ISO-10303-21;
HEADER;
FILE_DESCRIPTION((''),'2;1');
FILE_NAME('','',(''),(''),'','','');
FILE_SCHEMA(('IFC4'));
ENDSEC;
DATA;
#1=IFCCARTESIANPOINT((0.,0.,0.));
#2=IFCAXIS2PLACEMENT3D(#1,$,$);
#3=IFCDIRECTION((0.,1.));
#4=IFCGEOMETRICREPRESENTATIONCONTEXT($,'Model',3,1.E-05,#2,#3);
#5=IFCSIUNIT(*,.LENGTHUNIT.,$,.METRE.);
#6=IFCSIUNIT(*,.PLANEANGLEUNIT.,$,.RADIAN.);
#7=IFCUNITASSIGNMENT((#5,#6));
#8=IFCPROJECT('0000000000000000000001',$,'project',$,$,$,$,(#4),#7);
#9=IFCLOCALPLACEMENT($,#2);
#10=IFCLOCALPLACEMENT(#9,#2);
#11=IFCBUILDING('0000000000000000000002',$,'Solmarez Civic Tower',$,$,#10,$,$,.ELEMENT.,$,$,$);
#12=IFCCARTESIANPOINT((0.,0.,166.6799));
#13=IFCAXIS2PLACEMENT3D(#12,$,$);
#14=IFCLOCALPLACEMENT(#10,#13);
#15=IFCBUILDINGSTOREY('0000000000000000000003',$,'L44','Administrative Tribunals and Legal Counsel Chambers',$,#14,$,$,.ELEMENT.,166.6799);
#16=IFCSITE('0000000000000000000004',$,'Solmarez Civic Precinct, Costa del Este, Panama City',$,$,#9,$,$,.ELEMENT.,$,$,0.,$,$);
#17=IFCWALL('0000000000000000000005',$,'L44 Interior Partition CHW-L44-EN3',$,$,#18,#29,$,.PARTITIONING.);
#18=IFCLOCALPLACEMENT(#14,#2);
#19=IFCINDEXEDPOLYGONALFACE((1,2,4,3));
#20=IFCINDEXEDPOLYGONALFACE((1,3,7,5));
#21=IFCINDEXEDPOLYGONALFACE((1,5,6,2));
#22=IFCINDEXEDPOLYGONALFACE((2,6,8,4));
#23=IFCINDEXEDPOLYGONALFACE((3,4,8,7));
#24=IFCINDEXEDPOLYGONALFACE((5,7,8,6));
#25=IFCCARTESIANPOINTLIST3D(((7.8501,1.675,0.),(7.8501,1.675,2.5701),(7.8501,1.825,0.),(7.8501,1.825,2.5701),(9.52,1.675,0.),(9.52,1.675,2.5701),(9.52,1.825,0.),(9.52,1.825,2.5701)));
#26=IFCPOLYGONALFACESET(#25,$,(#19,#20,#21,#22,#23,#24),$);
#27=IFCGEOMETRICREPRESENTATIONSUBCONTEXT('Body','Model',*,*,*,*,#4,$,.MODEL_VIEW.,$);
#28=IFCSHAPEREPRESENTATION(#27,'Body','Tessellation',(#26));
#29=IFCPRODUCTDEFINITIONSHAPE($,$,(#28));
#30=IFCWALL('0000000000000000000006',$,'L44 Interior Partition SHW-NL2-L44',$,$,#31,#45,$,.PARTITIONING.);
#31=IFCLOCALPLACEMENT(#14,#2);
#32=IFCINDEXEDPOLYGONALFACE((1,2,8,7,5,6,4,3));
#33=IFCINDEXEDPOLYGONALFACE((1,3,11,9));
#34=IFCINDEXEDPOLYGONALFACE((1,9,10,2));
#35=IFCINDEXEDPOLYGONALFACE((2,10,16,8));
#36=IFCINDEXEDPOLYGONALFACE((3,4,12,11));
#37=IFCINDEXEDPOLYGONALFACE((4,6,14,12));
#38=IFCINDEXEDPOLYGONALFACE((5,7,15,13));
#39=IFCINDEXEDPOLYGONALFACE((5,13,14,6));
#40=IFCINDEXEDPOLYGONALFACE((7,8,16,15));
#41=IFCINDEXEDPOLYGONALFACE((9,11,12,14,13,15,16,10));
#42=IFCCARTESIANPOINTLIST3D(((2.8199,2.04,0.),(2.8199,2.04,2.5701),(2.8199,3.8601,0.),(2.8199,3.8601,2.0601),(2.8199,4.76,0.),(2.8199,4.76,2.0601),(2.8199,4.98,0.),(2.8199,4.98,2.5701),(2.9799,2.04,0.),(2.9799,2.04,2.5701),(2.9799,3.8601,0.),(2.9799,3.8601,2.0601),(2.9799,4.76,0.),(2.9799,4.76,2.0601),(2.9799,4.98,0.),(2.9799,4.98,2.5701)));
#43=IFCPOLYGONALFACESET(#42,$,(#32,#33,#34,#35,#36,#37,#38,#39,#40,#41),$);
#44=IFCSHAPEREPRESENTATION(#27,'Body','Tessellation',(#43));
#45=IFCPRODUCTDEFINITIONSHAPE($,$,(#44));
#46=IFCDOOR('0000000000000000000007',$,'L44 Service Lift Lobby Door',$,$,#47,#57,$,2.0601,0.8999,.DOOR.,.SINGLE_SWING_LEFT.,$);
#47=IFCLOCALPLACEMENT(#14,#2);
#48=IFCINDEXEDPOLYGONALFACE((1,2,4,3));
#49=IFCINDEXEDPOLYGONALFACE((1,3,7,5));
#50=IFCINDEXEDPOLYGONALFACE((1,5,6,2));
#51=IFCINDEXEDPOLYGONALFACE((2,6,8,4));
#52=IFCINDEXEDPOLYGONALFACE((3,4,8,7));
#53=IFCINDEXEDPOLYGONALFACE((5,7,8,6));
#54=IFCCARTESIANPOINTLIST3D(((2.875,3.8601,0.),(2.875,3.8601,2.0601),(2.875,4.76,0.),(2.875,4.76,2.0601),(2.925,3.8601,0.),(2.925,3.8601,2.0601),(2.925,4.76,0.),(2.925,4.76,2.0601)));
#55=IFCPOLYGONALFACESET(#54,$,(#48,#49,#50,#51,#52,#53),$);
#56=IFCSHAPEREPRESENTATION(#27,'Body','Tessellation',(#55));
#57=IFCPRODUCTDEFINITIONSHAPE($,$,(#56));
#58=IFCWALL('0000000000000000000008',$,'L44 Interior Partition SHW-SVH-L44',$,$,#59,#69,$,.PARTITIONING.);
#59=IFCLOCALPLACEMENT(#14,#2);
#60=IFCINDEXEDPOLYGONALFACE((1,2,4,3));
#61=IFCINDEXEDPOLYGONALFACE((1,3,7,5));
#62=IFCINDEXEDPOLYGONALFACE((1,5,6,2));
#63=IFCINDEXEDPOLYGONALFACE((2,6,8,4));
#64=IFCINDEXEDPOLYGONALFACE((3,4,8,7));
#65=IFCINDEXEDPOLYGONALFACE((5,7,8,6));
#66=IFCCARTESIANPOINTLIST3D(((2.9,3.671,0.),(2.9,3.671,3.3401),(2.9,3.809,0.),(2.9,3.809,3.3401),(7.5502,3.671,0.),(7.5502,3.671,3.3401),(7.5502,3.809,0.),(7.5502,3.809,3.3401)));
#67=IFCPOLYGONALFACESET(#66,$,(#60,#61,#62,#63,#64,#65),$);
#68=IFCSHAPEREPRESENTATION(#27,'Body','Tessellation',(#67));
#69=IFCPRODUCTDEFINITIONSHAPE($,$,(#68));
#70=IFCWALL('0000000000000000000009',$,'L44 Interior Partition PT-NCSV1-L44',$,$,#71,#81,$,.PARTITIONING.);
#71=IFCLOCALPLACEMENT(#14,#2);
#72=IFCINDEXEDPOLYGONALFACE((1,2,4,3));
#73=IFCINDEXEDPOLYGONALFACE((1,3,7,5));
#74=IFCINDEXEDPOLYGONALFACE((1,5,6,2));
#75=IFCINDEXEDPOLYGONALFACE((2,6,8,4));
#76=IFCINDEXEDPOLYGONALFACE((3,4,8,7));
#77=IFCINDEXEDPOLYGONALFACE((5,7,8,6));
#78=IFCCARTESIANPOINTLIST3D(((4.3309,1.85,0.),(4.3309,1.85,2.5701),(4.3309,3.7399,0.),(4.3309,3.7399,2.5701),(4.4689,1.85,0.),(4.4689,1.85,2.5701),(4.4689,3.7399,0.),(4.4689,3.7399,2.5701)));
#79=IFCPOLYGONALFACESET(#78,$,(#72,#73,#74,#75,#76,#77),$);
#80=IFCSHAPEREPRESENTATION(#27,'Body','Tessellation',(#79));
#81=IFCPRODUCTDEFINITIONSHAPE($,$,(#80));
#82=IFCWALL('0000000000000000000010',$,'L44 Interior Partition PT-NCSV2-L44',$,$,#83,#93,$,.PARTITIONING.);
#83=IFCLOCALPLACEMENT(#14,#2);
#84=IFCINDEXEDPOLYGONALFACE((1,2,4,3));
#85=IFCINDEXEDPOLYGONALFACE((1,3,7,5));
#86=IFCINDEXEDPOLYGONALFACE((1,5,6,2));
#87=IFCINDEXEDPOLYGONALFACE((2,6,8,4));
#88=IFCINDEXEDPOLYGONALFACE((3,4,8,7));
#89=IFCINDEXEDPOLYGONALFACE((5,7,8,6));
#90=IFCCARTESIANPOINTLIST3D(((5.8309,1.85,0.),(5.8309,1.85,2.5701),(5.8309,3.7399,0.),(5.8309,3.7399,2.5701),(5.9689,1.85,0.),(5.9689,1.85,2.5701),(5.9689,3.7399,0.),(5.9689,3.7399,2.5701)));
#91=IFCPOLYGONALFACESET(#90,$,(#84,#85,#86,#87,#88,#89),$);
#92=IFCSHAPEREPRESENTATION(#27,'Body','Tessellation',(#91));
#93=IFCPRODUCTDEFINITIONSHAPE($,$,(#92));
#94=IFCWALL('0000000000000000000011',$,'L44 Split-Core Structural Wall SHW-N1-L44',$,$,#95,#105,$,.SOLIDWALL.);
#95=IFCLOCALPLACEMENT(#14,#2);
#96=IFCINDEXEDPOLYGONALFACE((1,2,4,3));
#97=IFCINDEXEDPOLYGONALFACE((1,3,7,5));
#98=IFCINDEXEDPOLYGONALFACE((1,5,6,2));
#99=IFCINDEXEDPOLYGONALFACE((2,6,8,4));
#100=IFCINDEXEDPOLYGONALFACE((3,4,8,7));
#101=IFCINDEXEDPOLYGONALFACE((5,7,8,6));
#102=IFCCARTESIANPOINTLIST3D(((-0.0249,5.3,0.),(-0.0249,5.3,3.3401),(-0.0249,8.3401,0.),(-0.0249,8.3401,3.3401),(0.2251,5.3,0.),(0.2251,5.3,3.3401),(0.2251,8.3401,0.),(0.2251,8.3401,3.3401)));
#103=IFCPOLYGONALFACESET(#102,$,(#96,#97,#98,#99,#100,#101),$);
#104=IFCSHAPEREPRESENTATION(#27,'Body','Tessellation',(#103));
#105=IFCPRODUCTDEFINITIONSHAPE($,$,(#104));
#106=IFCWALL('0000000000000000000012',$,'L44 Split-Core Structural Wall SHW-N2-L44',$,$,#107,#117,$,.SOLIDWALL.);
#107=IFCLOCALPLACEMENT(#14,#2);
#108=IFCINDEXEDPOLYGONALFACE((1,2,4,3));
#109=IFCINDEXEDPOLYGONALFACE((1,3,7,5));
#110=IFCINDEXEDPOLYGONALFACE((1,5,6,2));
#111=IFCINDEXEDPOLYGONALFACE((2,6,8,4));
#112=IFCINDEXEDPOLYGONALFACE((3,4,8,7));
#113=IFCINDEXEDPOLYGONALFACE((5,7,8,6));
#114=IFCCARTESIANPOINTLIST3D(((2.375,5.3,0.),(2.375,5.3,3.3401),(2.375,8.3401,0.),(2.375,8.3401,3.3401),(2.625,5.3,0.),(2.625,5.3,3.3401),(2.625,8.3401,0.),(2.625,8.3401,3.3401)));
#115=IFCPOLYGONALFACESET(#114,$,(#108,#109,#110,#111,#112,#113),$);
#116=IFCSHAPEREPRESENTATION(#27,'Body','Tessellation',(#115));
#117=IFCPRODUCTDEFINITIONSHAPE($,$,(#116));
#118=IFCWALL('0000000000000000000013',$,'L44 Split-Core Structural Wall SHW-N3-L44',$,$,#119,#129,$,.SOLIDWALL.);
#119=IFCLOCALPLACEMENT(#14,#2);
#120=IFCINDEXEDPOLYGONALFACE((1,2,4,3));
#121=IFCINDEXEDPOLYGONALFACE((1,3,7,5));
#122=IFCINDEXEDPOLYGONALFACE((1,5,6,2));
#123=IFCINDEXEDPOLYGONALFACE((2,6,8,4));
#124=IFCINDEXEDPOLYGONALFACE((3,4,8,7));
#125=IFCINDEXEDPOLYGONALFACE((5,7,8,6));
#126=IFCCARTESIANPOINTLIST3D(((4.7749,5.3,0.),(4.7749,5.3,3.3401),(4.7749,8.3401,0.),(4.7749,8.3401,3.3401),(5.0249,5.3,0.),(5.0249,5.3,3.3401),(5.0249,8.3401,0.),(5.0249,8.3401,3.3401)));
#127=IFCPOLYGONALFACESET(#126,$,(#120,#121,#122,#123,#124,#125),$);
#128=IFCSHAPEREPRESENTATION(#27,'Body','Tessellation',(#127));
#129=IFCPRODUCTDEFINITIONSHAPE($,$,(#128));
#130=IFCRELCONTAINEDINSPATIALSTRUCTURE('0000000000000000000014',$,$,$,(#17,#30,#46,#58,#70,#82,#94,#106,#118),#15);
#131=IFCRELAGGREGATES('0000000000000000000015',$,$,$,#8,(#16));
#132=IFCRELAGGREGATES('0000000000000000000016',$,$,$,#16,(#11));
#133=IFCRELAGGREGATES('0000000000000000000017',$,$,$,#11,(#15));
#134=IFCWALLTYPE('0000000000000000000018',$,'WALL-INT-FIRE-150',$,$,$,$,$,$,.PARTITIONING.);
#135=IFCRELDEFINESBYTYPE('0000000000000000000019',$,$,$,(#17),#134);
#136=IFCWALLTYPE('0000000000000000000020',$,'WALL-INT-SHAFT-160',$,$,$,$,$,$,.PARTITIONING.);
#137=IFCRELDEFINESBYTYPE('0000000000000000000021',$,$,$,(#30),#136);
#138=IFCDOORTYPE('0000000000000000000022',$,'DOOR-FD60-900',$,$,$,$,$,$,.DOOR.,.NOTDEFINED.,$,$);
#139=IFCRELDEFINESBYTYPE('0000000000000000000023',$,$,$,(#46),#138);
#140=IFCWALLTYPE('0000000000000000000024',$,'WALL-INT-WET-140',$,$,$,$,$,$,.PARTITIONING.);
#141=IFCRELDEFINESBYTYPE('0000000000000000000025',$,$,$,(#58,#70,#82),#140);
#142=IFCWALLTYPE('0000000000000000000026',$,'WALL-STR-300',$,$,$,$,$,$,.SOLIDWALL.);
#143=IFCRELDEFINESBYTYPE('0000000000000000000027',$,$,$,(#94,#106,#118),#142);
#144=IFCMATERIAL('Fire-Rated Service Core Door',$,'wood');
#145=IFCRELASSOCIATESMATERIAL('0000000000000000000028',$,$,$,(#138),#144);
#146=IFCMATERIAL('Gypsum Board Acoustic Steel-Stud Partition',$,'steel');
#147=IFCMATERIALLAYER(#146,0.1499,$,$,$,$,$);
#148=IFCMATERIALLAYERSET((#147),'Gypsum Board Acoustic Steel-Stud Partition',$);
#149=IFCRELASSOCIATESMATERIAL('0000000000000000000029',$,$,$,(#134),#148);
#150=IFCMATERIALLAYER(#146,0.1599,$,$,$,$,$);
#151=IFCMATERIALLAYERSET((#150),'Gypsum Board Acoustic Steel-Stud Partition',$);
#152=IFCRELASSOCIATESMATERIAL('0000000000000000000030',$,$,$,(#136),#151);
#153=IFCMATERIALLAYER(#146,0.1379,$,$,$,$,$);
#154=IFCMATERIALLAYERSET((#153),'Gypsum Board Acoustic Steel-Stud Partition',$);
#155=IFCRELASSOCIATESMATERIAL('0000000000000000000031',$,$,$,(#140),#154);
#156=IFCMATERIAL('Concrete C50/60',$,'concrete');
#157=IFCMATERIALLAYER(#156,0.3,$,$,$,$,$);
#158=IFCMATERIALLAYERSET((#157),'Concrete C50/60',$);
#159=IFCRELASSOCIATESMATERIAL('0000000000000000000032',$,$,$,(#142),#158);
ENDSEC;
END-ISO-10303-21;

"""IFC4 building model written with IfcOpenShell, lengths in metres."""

from ifc_helpers import new_model, si_unit, direction, frame, frame_2d, origin, place, context, subcontext, project, spatial, rectangle, extrude, material, layer, layer_set, type_object, element, fill, save


model = new_model("IFC4")

# Units and contexts
model_context = context("Model", 3, precision=1e-05, world=origin(), true_north=direction((0.0, 1.0)))
body_context = subcontext(model_context, "Body", "Model", "MODEL_VIEW")
ifc_project = project(units=[si_unit("LENGTHUNIT", "METRE"), si_unit("PLANEANGLEUNIT", "RADIAN")], contexts=[model_context])

# Site, building, storey
site_placement = place(None, origin())
site = spatial("IfcSite", under=ifc_project, at=site_placement, Name="Solmarez Civic Precinct, Costa del Este, Panama City", CompositionType="ELEMENT", RefElevation=0.0)
building_placement = place(site_placement, origin())
building = spatial("IfcBuilding", under=site, at=building_placement, Name="Solmarez Civic Tower", CompositionType="ELEMENT")
storey_placement = place(building_placement, frame((0.0, 0.0, 166.6799)))
storey = spatial("IfcBuildingStorey", under=building, at=storey_placement, Name="L44", Description="Administrative Tribunals and Legal Counsel Chambers", CompositionType="ELEMENT", Elevation=166.6799)

# Shared definitions
ifc_material_1 = material(Name="Concrete C50/60", Category="concrete")

# Shared definitions
ifc_material_2 = material(Name="Fire-Rated Service Core Door", Category="wood")
door_type_1 = type_object("IfcDoorType", Name="DOOR-FD60-900", OperationType="NOTDEFINED", PredefinedType="DOOR", material=ifc_material_2)

# Wall
ifc_material_3 = material(Name="Gypsum Board Acoustic Steel-Stud Partition", Category="steel")
ifc_layer_1 = layer(ifc_material_3, 0.1499)
ifc_layer_set_1 = layer_set([ifc_layer_1], Name="Gypsum Board Acoustic Steel-Stud Partition")
wall_type_1 = type_object("IfcWallType", Name="WALL-INT-FIRE-150", PredefinedType="PARTITIONING", material=ifc_layer_set_1)
wall_1_placement = place(storey_placement, frame((7.8501, 1.75, 0.0), z_axis=(0.0, 0.0, 1.0), x_axis=(1.0, 0.0, 0.0)))
element("IfcWall", 1, at=wall_1_placement, inside=storey, type_object=wall_type_1, Name="L44 Interior Partition CHW-L44-EN3", PredefinedType="PARTITIONING", context=body_context, shape_type="SweptSolid", body=[
    extrude(rectangle(XDim=1.6699, YDim=0.1499, at=frame_2d((0.835, 0.0))), origin(), (0.0, 0.0, 1.0), 2.5701),
])

# Wall, opening, door
ifc_layer_2 = layer(ifc_material_3, 0.1599)
ifc_layer_set_2 = layer_set([ifc_layer_2], Name="Gypsum Board Acoustic Steel-Stud Partition")
wall_type_2 = type_object("IfcWallType", Name="WALL-INT-SHAFT-160", PredefinedType="PARTITIONING", material=ifc_layer_set_2)
wall_2_placement = place(storey_placement, frame((2.8999, 2.04, 0.0), z_axis=(0.0, 0.0, 1.0), x_axis=(0.0, 1.0, 0.0)))
wall_2 = element("IfcWall", 2, at=wall_2_placement, inside=storey, type_object=wall_type_2, Name="L44 Interior Partition SHW-NL2-L44", PredefinedType="PARTITIONING", context=body_context, shape_type="SweptSolid", body=[
    extrude(rectangle(XDim=2.9399, YDim=0.1599, at=frame_2d((1.47, 0.0))), origin(), (0.0, 0.0, 1.0), 2.5701),
])
opening_1_placement = place(wall_2_placement, frame((1.8201, 0.0, 0.0)))
opening_1 = element("IfcOpeningElement", 3, at=opening_1_placement, cuts=wall_2, PredefinedType="OPENING", context=body_context, shape_type="SweptSolid", body=[
    extrude(rectangle(XDim=0.8999, YDim=2.0601, at=frame_2d((0.45, 1.03))), frame((0.0, 0.0898, 0.0), z_axis=(0.0, -1.0, 0.0), x_axis=(1.0, 0.0, 0.0)), (0.0, 0.0, 1.0), 0.1799),
])
door_1_placement = place(opening_1_placement, origin())
door_1 = element("IfcDoor", 4, at=door_1_placement, inside=storey, type_object=door_type_1, Name="L44 Service Lift Lobby Door", OperationType="SINGLE_SWING_LEFT", OverallHeight=2.0601, OverallWidth=0.8999, PredefinedType="DOOR", context=body_context, shape_type="SweptSolid", body=[
    extrude(rectangle(XDim=0.8999, YDim=2.0601, at=frame_2d((0.45, 1.03))), frame((0.0, 0.0249, 0.0), z_axis=(0.0, -1.0, 0.0), x_axis=(1.0, 0.0, 0.0)), (0.0, 0.0, 1.0), 0.05),
])
fill(opening_1, door_1)

# Walls
ifc_layer_3 = layer(ifc_material_3, 0.1379)
ifc_layer_set_3 = layer_set([ifc_layer_3], Name="Gypsum Board Acoustic Steel-Stud Partition")
wall_type_3 = type_object("IfcWallType", Name="WALL-INT-WET-140", PredefinedType="PARTITIONING", material=ifc_layer_set_3)
wall_3_placement = place(storey_placement, frame((2.8999, 3.74, 0.0), z_axis=(0.0, 0.0, 1.0), x_axis=(1.0, 0.0, 0.0)))
element("IfcWall", 5, at=wall_3_placement, inside=storey, type_object=wall_type_3, Name="L44 Interior Partition SHW-SVH-L44", PredefinedType="PARTITIONING", context=body_context, shape_type="SweptSolid", body=[
    extrude(rectangle(XDim=4.6501, YDim=0.1379, at=frame_2d((2.3252, 0.0))), origin(), (0.0, 0.0, 1.0), 3.3401),
])
for number, where, z_axis, x_axis, name in (
    (6, (4.3999, 1.8501, 0.0), (0.0, 0.0, 1.0), (0.0, 1.0, 0.0), "L44 Interior Partition PT-NCSV1-L44"),
    (7, (5.8999, 1.8501, 0.0), (0.0, 0.0, 1.0), (0.0, 1.0, 0.0), "L44 Interior Partition PT-NCSV2-L44"),
):
    element("IfcWall", number, at=place(storey_placement, frame(where, z_axis=z_axis, x_axis=x_axis)), inside=storey, type_object=wall_type_3, Name=name, PredefinedType="PARTITIONING", context=body_context, shape_type="SweptSolid", body=[
        extrude(rectangle(XDim=1.8899, YDim=0.1379, at=frame_2d((0.9448, 0.0))), origin(), (0.0, 0.0, 1.0), 2.5701),
    ])

# Shared definitions
ifc_layer_4 = layer(ifc_material_1, 0.3)
ifc_layer_set_4 = layer_set([ifc_layer_4], Name="Concrete C50/60")
wall_type_4 = type_object("IfcWallType", Name="WALL-STR-300", PredefinedType="SOLIDWALL", material=ifc_layer_set_4)

# Walls
for number, where, z_axis, x_axis, name in (
    (8, (0.1001, 5.3, 0.0), (0.0, 0.0, 1.0), (0.0, 1.0, 0.0), "L44 Split-Core Structural Wall SHW-N1-L44"),
    (9, (2.5, 5.3, 0.0), (0.0, 0.0, 1.0), (0.0, 1.0, 0.0), "L44 Split-Core Structural Wall SHW-N2-L44"),
    (10, (4.8999, 5.3, 0.0), (0.0, 0.0, 1.0), (0.0, 1.0, 0.0), "L44 Split-Core Structural Wall SHW-N3-L44"),
):
    element("IfcWall", number, at=place(storey_placement, frame(where, z_axis=z_axis, x_axis=x_axis)), inside=storey, type_object=wall_type_4, Name=name, PredefinedType="SOLIDWALL", context=body_context, shape_type="SweptSolid", body=[
        extrude(rectangle(XDim=3.04, YDim=0.25, at=frame_2d((1.52, 0.0))), origin(), (0.0, 0.0, 1.0), 3.3401),
    ])

save(model, "model.ifc")
